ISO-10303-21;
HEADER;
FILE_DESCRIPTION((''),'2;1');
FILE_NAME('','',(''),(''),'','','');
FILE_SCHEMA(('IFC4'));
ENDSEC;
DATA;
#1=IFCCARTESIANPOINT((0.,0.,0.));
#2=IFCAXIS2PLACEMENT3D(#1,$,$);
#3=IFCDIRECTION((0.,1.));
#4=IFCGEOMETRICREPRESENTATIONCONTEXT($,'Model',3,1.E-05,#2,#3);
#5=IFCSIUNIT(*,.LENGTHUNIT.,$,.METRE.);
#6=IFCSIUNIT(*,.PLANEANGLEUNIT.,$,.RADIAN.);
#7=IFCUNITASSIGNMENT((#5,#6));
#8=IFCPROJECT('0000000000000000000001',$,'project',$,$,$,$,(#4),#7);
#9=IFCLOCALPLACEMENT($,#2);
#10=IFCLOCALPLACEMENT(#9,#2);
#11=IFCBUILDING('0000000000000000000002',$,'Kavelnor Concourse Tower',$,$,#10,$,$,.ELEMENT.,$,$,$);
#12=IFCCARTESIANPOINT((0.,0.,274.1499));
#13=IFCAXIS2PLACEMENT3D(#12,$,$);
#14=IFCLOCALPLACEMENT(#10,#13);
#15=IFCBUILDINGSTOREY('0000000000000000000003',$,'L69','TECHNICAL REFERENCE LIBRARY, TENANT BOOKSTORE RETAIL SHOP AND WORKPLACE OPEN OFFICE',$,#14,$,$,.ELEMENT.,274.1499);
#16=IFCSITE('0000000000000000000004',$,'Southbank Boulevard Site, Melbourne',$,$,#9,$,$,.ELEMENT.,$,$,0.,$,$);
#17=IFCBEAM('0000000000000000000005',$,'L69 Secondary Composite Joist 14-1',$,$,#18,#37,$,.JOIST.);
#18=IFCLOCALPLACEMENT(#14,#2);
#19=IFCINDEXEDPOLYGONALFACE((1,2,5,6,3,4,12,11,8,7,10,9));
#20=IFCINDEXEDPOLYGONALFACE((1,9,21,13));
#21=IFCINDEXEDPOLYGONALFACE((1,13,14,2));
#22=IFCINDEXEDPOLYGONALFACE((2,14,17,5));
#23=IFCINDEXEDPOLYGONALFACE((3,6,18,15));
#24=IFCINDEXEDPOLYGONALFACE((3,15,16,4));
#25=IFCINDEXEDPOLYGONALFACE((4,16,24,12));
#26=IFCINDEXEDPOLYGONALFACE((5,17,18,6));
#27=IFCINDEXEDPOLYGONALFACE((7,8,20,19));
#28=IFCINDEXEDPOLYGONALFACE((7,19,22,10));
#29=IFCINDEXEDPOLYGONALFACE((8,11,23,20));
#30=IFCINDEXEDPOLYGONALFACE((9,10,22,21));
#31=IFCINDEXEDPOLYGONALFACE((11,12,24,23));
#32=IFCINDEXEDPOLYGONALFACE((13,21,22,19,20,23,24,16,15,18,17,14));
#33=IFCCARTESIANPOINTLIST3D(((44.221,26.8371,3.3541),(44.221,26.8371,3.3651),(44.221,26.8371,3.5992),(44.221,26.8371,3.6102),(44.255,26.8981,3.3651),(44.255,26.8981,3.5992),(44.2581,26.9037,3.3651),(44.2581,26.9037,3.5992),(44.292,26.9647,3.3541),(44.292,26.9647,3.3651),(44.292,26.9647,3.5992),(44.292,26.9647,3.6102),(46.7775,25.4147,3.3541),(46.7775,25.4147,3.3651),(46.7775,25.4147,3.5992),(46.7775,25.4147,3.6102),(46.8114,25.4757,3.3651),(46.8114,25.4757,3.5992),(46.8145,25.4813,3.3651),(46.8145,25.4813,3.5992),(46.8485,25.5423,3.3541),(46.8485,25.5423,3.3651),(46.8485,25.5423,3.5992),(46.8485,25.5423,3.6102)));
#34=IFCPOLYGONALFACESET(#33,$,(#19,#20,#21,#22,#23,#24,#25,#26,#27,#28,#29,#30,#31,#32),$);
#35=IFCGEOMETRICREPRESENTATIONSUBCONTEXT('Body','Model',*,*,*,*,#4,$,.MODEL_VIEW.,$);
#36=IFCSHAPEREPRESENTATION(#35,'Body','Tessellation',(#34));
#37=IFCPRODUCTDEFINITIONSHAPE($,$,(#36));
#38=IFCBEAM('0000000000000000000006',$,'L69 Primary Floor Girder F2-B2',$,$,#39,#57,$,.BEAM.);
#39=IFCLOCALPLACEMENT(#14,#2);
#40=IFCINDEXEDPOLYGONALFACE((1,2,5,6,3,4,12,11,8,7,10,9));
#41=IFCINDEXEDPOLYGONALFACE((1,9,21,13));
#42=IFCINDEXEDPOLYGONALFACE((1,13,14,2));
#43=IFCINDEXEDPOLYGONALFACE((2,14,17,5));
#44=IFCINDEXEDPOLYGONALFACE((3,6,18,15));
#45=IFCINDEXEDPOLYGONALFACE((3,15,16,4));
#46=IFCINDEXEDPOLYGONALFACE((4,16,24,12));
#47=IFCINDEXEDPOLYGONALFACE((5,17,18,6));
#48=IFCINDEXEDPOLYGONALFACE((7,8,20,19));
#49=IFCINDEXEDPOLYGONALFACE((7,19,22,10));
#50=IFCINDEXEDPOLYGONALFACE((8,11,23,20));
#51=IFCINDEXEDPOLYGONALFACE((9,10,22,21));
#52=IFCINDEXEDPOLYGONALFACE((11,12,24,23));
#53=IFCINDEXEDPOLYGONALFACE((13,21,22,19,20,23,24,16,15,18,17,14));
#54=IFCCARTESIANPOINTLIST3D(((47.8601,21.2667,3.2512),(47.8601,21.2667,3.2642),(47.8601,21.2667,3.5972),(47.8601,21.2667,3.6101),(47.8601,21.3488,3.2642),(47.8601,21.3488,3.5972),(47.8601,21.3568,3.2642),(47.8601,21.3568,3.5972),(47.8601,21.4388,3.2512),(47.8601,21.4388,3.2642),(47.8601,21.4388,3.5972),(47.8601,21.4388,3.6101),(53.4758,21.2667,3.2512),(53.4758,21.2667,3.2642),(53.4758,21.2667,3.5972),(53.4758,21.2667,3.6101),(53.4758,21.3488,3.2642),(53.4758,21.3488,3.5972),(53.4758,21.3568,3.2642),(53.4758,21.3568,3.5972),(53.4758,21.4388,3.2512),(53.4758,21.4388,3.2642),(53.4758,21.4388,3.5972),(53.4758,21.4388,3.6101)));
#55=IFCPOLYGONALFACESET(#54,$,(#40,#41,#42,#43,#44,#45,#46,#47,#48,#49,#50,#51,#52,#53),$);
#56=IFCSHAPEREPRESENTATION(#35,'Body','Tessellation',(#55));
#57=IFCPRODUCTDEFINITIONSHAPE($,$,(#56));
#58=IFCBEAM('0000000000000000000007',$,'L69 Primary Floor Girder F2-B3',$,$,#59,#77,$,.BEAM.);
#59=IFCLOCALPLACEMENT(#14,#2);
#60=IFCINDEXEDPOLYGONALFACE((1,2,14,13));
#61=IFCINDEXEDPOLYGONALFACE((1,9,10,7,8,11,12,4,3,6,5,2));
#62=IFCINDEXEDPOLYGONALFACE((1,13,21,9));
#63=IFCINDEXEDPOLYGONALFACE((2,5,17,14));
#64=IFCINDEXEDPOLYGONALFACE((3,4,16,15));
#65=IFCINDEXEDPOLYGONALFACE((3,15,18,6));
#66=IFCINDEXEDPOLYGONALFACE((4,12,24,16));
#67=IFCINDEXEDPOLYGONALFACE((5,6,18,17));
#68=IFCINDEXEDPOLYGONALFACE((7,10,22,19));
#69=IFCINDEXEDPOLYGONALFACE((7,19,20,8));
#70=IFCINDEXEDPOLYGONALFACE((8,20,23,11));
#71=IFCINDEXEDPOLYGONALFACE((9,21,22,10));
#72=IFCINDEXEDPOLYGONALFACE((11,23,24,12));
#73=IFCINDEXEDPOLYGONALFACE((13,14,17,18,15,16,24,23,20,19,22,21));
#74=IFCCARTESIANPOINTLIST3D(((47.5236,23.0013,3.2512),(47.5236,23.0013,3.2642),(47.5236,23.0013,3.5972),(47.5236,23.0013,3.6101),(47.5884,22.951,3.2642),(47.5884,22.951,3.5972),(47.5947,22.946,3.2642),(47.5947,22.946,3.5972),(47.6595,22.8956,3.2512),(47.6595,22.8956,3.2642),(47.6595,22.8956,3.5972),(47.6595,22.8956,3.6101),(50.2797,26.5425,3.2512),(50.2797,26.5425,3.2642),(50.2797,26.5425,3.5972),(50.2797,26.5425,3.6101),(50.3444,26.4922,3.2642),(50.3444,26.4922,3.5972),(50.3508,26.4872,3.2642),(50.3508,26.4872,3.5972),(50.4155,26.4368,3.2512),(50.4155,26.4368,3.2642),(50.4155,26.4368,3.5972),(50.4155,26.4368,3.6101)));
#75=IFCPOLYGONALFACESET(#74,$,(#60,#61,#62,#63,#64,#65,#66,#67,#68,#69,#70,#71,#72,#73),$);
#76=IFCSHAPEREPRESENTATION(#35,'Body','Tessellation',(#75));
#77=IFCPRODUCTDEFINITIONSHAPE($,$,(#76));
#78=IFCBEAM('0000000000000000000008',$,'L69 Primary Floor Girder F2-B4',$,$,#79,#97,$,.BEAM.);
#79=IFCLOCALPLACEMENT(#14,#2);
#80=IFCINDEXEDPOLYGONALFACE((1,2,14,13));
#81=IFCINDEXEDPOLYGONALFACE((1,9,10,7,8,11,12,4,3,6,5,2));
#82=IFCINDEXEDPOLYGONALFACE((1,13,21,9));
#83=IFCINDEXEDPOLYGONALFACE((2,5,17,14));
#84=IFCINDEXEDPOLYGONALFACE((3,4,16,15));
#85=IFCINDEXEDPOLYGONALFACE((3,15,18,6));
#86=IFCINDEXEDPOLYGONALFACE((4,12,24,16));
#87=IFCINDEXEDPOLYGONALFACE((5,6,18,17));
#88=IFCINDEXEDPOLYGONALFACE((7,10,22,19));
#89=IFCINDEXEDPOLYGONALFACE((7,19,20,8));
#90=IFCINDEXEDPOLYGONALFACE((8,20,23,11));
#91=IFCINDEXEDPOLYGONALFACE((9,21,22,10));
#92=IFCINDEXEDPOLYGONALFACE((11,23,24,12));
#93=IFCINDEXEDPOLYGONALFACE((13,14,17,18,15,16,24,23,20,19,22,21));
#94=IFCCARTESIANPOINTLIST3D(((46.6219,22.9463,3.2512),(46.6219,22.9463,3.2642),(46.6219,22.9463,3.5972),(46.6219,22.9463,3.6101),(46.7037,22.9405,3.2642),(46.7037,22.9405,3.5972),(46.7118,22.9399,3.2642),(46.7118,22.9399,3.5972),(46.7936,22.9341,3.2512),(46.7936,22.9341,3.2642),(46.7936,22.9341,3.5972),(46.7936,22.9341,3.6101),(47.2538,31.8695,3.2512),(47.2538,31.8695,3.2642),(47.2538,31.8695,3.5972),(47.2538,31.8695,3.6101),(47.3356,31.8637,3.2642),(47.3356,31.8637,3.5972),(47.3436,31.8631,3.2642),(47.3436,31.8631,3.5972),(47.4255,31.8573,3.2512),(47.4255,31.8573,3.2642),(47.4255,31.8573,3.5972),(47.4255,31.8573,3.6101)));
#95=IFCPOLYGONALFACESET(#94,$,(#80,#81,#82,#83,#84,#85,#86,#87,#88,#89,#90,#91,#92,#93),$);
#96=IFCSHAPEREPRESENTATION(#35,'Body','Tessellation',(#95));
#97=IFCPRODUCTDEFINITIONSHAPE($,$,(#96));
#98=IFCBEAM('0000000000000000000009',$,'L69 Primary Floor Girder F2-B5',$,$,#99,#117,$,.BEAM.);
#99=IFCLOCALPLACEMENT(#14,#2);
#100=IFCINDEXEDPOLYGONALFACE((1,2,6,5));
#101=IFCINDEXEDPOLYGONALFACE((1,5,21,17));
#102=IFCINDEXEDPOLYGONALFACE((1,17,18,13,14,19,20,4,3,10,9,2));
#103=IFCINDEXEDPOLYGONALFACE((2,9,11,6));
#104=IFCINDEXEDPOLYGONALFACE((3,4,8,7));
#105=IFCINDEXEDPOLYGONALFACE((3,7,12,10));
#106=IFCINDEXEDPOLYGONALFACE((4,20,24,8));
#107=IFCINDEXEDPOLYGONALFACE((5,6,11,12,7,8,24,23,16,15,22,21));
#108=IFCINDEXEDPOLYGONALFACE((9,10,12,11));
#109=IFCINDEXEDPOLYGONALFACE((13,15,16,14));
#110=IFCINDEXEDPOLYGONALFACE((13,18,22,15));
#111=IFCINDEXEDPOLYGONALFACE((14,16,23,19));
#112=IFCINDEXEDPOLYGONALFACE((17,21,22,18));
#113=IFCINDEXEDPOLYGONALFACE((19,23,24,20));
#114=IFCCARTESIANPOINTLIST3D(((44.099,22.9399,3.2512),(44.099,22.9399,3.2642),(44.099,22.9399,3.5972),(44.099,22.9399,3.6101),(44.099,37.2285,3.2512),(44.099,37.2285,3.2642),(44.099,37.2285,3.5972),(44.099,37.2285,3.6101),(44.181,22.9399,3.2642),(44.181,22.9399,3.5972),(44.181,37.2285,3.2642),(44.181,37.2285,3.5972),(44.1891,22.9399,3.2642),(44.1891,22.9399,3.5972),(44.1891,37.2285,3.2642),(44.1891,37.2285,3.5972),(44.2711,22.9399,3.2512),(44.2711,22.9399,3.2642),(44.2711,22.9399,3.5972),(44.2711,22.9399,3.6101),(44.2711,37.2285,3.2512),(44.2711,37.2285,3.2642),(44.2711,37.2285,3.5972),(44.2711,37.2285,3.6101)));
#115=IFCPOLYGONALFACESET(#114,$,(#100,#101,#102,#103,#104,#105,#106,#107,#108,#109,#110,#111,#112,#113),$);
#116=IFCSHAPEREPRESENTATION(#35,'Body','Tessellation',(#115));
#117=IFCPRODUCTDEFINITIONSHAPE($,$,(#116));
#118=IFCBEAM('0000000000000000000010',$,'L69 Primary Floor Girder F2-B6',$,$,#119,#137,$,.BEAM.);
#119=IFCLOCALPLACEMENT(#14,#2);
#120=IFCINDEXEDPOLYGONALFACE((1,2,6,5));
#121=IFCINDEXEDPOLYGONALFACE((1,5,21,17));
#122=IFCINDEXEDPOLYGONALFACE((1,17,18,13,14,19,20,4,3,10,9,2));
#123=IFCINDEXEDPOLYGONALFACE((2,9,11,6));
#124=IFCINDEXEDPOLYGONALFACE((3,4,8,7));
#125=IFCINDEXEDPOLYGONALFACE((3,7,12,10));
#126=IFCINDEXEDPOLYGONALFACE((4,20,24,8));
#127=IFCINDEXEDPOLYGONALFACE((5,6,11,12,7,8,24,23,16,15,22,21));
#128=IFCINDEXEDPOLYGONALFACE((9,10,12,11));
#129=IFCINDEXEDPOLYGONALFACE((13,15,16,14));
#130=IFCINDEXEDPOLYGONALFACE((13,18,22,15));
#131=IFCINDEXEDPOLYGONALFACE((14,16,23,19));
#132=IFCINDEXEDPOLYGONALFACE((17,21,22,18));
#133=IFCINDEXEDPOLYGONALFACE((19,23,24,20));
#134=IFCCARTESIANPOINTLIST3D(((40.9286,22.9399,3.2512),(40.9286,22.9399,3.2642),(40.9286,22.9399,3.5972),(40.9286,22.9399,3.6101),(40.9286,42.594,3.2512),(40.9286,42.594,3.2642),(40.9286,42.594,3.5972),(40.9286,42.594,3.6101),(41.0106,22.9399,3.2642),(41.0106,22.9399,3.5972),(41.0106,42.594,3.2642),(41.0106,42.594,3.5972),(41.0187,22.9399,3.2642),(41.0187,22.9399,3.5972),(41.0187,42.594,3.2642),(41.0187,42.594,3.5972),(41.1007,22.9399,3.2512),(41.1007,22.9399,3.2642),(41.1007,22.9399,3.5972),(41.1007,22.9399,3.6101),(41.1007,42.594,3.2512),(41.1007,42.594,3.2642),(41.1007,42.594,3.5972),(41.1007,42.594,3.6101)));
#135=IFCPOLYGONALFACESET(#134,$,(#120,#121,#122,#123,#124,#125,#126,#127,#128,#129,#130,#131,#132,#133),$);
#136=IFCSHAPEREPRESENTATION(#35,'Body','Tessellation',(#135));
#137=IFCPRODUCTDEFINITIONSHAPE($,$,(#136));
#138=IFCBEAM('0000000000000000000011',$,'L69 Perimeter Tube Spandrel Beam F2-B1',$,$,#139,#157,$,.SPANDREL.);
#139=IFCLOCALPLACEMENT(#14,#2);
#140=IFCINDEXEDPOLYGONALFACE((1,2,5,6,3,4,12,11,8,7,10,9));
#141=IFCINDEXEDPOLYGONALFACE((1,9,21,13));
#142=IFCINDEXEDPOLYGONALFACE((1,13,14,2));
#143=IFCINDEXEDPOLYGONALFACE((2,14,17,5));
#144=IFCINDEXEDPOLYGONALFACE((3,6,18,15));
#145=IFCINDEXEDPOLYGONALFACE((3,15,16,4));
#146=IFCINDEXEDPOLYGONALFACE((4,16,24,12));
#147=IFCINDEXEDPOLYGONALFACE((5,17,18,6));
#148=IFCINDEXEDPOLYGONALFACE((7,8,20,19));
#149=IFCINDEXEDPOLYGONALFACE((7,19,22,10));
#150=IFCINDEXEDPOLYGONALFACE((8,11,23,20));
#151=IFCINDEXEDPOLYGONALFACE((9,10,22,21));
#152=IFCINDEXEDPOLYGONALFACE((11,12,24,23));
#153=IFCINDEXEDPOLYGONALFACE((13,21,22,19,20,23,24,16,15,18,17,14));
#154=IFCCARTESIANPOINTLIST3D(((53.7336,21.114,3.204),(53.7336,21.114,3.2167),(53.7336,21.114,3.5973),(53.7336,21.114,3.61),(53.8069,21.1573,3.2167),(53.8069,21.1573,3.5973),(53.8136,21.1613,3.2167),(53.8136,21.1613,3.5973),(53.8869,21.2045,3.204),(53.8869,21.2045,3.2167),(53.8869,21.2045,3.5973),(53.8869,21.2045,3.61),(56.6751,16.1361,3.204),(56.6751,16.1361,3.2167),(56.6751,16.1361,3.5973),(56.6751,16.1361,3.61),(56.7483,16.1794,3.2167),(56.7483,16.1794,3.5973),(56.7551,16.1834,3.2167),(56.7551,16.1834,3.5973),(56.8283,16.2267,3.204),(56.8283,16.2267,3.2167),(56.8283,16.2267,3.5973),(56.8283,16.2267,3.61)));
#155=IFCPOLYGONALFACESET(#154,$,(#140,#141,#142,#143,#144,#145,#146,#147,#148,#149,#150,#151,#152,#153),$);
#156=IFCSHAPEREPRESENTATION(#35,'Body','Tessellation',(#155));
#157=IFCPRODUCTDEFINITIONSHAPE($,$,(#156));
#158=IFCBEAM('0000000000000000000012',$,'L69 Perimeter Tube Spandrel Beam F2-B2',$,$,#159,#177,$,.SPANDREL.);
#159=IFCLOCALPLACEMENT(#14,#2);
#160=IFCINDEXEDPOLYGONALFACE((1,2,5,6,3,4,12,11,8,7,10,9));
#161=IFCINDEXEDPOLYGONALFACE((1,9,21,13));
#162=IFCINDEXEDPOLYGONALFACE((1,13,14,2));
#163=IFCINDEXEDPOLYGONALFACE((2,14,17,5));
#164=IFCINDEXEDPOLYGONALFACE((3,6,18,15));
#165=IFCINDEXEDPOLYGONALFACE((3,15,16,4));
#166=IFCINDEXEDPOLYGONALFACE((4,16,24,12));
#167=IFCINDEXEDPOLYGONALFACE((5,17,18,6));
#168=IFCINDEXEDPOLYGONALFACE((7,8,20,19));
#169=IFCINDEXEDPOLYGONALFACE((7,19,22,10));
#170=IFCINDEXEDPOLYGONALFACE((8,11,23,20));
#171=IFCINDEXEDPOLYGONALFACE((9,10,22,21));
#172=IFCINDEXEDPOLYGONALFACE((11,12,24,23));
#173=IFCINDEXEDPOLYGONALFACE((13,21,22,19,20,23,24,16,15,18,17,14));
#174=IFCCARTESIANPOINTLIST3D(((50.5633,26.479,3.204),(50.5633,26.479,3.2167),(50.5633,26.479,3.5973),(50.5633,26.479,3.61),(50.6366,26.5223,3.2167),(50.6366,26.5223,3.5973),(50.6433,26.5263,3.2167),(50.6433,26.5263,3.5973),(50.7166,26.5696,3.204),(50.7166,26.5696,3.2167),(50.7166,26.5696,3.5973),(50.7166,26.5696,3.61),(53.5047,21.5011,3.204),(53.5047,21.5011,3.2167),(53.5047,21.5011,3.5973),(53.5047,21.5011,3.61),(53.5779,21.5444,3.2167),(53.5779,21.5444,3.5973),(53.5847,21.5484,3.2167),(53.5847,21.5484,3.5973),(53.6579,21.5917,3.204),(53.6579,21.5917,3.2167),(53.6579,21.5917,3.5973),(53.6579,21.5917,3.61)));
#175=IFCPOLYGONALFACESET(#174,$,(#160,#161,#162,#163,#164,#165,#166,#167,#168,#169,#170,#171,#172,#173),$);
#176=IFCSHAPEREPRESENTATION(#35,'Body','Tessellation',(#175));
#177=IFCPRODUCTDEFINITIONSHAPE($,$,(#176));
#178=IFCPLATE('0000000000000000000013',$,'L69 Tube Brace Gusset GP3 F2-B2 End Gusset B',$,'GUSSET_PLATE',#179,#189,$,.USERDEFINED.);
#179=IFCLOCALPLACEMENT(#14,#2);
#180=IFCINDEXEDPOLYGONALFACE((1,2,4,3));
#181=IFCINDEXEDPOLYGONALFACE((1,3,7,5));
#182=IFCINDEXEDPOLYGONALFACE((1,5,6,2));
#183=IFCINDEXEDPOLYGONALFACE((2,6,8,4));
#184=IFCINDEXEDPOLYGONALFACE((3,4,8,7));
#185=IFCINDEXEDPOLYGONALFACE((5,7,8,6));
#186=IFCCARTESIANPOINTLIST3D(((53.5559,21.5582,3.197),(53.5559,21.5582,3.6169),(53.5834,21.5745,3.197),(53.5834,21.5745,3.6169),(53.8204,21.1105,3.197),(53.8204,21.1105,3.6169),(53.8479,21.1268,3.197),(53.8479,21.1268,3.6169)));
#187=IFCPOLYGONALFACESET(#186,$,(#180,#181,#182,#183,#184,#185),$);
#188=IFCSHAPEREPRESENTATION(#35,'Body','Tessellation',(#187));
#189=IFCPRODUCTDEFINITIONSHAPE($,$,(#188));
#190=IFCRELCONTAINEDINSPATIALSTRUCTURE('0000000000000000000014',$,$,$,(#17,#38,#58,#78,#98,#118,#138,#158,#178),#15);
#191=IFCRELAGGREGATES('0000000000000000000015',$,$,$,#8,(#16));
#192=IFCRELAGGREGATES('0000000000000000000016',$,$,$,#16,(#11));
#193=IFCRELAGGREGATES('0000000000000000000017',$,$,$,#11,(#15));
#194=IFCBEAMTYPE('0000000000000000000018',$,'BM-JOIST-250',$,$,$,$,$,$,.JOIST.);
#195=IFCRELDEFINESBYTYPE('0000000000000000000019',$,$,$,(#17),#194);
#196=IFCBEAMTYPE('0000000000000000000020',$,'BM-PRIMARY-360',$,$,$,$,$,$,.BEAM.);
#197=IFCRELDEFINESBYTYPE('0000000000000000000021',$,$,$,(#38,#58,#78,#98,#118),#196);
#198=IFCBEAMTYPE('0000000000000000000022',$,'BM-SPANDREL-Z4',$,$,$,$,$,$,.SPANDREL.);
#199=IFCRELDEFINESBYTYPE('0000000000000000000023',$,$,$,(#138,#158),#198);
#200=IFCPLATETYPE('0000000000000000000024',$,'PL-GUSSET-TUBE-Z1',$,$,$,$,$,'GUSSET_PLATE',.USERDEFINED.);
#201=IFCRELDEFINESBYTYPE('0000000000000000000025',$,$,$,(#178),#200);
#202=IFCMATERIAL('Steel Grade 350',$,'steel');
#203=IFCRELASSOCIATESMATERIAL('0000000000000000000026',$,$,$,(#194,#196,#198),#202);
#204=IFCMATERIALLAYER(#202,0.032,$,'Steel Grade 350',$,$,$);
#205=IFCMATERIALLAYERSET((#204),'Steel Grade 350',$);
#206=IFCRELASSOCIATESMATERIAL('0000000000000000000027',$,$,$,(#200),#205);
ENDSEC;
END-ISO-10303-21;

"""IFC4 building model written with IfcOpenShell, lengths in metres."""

from ifc_helpers import new_model, si_unit, direction, frame, origin, origin_2d, place, context, subcontext, project, spatial, rectangle, i_section, extrude, material, layer, layer_set, material_profile, profile_set, type_object, element, save


model = new_model("IFC4")

# Units and contexts
model_context = context("Model", 3, precision=1e-05, world=origin(), true_north=direction((0.0, 1.0)))
body_context = subcontext(model_context, "Body", "Model", "MODEL_VIEW")
ifc_project = project(units=[si_unit("LENGTHUNIT", "METRE"), si_unit("PLANEANGLEUNIT", "RADIAN")], contexts=[model_context])

# Site, building, storey
site_placement = place(None, origin())
site = spatial("IfcSite", under=ifc_project, at=site_placement, Name="Southbank Boulevard Site, Melbourne", CompositionType="ELEMENT", RefElevation=0.0)
building_placement = place(site_placement, origin())
building = spatial("IfcBuilding", under=site, at=building_placement, Name="Kavelnor Concourse Tower", CompositionType="ELEMENT")
storey_placement = place(building_placement, frame((0.0, 0.0, 274.1499)))
storey = spatial("IfcBuildingStorey", under=building, at=storey_placement, Name="L69", Description="TECHNICAL REFERENCE LIBRARY, TENANT BOOKSTORE RETAIL SHOP AND WORKPLACE OPEN OFFICE", CompositionType="ELEMENT", Elevation=274.1499)

# Shared definitions
ifc_material_1 = material(Name="Steel Grade 350", Category="steel")

# Beams
ifc_material_profile_1 = material_profile(ifc_material_1, i_section(OverallWidth=0.146, OverallDepth=0.2561, WebThickness=0.0063, FlangeThickness=0.011, at=origin_2d()), Name="250UB37")
ifc_profile_set_1 = profile_set([ifc_material_profile_1], Name="Steel Grade 350")
beam_type_1 = type_object("IfcBeamType", Name="BM-JOIST-250", PredefinedType="JOIST", material=ifc_profile_set_1)
beam_1_placement = place(storey_placement, frame((46.813, 25.4785, 3.4822), z_axis=(-0.873846, 0.486203, 0.0), x_axis=(-0.486203, -0.873846, 0.0)))
element("IfcBeam", 1, at=beam_1_placement, inside=storey, type_object=beam_type_1, Name="L69 Secondary Composite Joist 14-1", PredefinedType="JOIST", context=body_context, shape_type="SweptSolid", body=[
    extrude(i_section(OverallWidth=0.146, OverallDepth=0.2561, WebThickness=0.0063, FlangeThickness=0.011, at=origin_2d()), origin(), (0.0, 0.0, 1.0), 2.9255),
])
ifc_material_profile_2 = material_profile(ifc_material_1, i_section(OverallWidth=0.1721, OverallDepth=0.3589, WebThickness=0.0081, FlangeThickness=0.0129, at=origin_2d()), Name="360UB56")
ifc_profile_set_2 = profile_set([ifc_material_profile_2], Name="Steel Grade 350")
beam_type_2 = type_object("IfcBeamType", Name="BM-PRIMARY-360", PredefinedType="BEAM", material=ifc_profile_set_2)
beam_2_placement = place(storey_placement, frame((47.8601, 21.3528, 3.4307), z_axis=(1.0, 0.0, 0.0), x_axis=(0.0, 1.0, 0.0)))
element("IfcBeam", 2, at=beam_2_placement, inside=storey, type_object=beam_type_2, Name="L69 Primary Floor Girder F2-B2", PredefinedType="BEAM", context=body_context, shape_type="SweptSolid", body=[
    extrude(i_section(OverallWidth=0.1721, OverallDepth=0.3589, WebThickness=0.0081, FlangeThickness=0.0129, at=origin_2d()), origin(), (0.0, 0.0, 1.0), 5.6157),
])
beam_3_placement = place(storey_placement, frame((47.5916, 22.9485, 3.4307), z_axis=(0.614189, 0.789159, 0.0), x_axis=(-0.789159, 0.614189, 0.0)))
element("IfcBeam", 3, at=beam_3_placement, inside=storey, type_object=beam_type_2, Name="L69 Primary Floor Girder F2-B3", PredefinedType="BEAM", context=body_context, shape_type="SweptSolid", body=[
    extrude(i_section(OverallWidth=0.1721, OverallDepth=0.3589, WebThickness=0.0081, FlangeThickness=0.0129, at=origin_2d()), origin(), (0.0, 0.0, 1.0), 4.4873),
])
beam_4_placement = place(storey_placement, frame((46.7078, 22.9402, 3.4307), z_axis=(0.070632, 0.997502, 0.0), x_axis=(-0.997502, 0.070632, 0.0)))
element("IfcBeam", 4, at=beam_4_placement, inside=storey, type_object=beam_type_2, Name="L69 Primary Floor Girder F2-B4", PredefinedType="BEAM", context=body_context, shape_type="SweptSolid", body=[
    extrude(i_section(OverallWidth=0.1721, OverallDepth=0.3589, WebThickness=0.0081, FlangeThickness=0.0129, at=origin_2d()), origin(), (0.0, 0.0, 1.0), 8.9456),
])
beam_5_placement = place(storey_placement, frame((44.1851, 22.9399, 3.4307), z_axis=(0.0, 1.0, 0.0), x_axis=(-1.0, 0.0, 0.0)))
element("IfcBeam", 5, at=beam_5_placement, inside=storey, type_object=beam_type_2, Name="L69 Primary Floor Girder F2-B5", PredefinedType="BEAM", context=body_context, shape_type="SweptSolid", body=[
    extrude(i_section(OverallWidth=0.1721, OverallDepth=0.3589, WebThickness=0.0081, FlangeThickness=0.0129, at=origin_2d()), origin(), (0.0, 0.0, 1.0), 14.2886),
])
beam_6_placement = place(storey_placement, frame((41.0146, 22.9399, 3.4307), z_axis=(0.0, 1.0, 0.0), x_axis=(-1.0, 0.0, 0.0)))
element("IfcBeam", 6, at=beam_6_placement, inside=storey, type_object=beam_type_2, Name="L69 Primary Floor Girder F2-B6", PredefinedType="BEAM", context=body_context, shape_type="SweptSolid", body=[
    extrude(i_section(OverallWidth=0.1721, OverallDepth=0.3589, WebThickness=0.0081, FlangeThickness=0.0129, at=origin_2d()), origin(), (0.0, 0.0, 1.0), 19.6541),
])
ifc_material_profile_3 = material_profile(ifc_material_1, i_section(OverallWidth=0.178, OverallDepth=0.406, WebThickness=0.0078, FlangeThickness=0.0127, at=origin_2d()), Name="410UB59")
ifc_profile_set_3 = profile_set([ifc_material_profile_3], Name="Steel Grade 350")
beam_type_3 = type_object("IfcBeamType", Name="BM-SPANDREL-Z4", PredefinedType="SPANDREL", material=ifc_profile_set_3)
for number, where, z_axis, x_axis, name in (
    (7, (56.7517, 16.1814, 3.407), (-0.508728, 0.860927, 0.0), (-0.860927, -0.508728, 0.0), "L69 Perimeter Tube Spandrel Beam F2-B1"),
    (8, (53.5813, 21.5464, 3.407), (-0.508709, 0.860938, 0.0), (-0.860938, -0.508709, 0.0), "L69 Perimeter Tube Spandrel Beam F2-B2"),
):
    element("IfcBeam", number, at=place(storey_placement, frame(where, z_axis=z_axis, x_axis=x_axis)), inside=storey, type_object=beam_type_3, Name=name, PredefinedType="SPANDREL", context=body_context, shape_type="SweptSolid", body=[
        extrude(i_section(OverallWidth=0.178, OverallDepth=0.406, WebThickness=0.0078, FlangeThickness=0.0127, at=origin_2d()), origin(), (0.0, 0.0, 1.0), 5.782),
    ])

# Plate
ifc_layer_1 = layer(ifc_material_1, 0.032, Name="Steel Grade 350")
ifc_layer_set_1 = layer_set([ifc_layer_1], Name="Steel Grade 350")
plate_type = type_object("IfcPlateType", Name="PL-GUSSET-TUBE-Z1", ElementType="GUSSET_PLATE", PredefinedType="USERDEFINED", material=ifc_layer_set_1)
plate_placement = place(storey_placement, frame((53.7019, 21.3425, 3.197), z_axis=(0.0, 0.0, 1.0), x_axis=(0.508741, -0.86092, 0.0)))
element("IfcPlate", 9, at=plate_placement, inside=storey, type_object=plate_type, Name="L69 Tube Brace Gusset GP3 F2-B2 End Gusset B", ObjectType="GUSSET_PLATE", PredefinedType="USERDEFINED", context=body_context, shape_type="SweptSolid", body=[
    extrude(rectangle(XDim=0.52, YDim=0.032, at=origin_2d()), origin(), (0.0, 0.0, 1.0), 0.4199),
])

save(model, "model.ifc")
